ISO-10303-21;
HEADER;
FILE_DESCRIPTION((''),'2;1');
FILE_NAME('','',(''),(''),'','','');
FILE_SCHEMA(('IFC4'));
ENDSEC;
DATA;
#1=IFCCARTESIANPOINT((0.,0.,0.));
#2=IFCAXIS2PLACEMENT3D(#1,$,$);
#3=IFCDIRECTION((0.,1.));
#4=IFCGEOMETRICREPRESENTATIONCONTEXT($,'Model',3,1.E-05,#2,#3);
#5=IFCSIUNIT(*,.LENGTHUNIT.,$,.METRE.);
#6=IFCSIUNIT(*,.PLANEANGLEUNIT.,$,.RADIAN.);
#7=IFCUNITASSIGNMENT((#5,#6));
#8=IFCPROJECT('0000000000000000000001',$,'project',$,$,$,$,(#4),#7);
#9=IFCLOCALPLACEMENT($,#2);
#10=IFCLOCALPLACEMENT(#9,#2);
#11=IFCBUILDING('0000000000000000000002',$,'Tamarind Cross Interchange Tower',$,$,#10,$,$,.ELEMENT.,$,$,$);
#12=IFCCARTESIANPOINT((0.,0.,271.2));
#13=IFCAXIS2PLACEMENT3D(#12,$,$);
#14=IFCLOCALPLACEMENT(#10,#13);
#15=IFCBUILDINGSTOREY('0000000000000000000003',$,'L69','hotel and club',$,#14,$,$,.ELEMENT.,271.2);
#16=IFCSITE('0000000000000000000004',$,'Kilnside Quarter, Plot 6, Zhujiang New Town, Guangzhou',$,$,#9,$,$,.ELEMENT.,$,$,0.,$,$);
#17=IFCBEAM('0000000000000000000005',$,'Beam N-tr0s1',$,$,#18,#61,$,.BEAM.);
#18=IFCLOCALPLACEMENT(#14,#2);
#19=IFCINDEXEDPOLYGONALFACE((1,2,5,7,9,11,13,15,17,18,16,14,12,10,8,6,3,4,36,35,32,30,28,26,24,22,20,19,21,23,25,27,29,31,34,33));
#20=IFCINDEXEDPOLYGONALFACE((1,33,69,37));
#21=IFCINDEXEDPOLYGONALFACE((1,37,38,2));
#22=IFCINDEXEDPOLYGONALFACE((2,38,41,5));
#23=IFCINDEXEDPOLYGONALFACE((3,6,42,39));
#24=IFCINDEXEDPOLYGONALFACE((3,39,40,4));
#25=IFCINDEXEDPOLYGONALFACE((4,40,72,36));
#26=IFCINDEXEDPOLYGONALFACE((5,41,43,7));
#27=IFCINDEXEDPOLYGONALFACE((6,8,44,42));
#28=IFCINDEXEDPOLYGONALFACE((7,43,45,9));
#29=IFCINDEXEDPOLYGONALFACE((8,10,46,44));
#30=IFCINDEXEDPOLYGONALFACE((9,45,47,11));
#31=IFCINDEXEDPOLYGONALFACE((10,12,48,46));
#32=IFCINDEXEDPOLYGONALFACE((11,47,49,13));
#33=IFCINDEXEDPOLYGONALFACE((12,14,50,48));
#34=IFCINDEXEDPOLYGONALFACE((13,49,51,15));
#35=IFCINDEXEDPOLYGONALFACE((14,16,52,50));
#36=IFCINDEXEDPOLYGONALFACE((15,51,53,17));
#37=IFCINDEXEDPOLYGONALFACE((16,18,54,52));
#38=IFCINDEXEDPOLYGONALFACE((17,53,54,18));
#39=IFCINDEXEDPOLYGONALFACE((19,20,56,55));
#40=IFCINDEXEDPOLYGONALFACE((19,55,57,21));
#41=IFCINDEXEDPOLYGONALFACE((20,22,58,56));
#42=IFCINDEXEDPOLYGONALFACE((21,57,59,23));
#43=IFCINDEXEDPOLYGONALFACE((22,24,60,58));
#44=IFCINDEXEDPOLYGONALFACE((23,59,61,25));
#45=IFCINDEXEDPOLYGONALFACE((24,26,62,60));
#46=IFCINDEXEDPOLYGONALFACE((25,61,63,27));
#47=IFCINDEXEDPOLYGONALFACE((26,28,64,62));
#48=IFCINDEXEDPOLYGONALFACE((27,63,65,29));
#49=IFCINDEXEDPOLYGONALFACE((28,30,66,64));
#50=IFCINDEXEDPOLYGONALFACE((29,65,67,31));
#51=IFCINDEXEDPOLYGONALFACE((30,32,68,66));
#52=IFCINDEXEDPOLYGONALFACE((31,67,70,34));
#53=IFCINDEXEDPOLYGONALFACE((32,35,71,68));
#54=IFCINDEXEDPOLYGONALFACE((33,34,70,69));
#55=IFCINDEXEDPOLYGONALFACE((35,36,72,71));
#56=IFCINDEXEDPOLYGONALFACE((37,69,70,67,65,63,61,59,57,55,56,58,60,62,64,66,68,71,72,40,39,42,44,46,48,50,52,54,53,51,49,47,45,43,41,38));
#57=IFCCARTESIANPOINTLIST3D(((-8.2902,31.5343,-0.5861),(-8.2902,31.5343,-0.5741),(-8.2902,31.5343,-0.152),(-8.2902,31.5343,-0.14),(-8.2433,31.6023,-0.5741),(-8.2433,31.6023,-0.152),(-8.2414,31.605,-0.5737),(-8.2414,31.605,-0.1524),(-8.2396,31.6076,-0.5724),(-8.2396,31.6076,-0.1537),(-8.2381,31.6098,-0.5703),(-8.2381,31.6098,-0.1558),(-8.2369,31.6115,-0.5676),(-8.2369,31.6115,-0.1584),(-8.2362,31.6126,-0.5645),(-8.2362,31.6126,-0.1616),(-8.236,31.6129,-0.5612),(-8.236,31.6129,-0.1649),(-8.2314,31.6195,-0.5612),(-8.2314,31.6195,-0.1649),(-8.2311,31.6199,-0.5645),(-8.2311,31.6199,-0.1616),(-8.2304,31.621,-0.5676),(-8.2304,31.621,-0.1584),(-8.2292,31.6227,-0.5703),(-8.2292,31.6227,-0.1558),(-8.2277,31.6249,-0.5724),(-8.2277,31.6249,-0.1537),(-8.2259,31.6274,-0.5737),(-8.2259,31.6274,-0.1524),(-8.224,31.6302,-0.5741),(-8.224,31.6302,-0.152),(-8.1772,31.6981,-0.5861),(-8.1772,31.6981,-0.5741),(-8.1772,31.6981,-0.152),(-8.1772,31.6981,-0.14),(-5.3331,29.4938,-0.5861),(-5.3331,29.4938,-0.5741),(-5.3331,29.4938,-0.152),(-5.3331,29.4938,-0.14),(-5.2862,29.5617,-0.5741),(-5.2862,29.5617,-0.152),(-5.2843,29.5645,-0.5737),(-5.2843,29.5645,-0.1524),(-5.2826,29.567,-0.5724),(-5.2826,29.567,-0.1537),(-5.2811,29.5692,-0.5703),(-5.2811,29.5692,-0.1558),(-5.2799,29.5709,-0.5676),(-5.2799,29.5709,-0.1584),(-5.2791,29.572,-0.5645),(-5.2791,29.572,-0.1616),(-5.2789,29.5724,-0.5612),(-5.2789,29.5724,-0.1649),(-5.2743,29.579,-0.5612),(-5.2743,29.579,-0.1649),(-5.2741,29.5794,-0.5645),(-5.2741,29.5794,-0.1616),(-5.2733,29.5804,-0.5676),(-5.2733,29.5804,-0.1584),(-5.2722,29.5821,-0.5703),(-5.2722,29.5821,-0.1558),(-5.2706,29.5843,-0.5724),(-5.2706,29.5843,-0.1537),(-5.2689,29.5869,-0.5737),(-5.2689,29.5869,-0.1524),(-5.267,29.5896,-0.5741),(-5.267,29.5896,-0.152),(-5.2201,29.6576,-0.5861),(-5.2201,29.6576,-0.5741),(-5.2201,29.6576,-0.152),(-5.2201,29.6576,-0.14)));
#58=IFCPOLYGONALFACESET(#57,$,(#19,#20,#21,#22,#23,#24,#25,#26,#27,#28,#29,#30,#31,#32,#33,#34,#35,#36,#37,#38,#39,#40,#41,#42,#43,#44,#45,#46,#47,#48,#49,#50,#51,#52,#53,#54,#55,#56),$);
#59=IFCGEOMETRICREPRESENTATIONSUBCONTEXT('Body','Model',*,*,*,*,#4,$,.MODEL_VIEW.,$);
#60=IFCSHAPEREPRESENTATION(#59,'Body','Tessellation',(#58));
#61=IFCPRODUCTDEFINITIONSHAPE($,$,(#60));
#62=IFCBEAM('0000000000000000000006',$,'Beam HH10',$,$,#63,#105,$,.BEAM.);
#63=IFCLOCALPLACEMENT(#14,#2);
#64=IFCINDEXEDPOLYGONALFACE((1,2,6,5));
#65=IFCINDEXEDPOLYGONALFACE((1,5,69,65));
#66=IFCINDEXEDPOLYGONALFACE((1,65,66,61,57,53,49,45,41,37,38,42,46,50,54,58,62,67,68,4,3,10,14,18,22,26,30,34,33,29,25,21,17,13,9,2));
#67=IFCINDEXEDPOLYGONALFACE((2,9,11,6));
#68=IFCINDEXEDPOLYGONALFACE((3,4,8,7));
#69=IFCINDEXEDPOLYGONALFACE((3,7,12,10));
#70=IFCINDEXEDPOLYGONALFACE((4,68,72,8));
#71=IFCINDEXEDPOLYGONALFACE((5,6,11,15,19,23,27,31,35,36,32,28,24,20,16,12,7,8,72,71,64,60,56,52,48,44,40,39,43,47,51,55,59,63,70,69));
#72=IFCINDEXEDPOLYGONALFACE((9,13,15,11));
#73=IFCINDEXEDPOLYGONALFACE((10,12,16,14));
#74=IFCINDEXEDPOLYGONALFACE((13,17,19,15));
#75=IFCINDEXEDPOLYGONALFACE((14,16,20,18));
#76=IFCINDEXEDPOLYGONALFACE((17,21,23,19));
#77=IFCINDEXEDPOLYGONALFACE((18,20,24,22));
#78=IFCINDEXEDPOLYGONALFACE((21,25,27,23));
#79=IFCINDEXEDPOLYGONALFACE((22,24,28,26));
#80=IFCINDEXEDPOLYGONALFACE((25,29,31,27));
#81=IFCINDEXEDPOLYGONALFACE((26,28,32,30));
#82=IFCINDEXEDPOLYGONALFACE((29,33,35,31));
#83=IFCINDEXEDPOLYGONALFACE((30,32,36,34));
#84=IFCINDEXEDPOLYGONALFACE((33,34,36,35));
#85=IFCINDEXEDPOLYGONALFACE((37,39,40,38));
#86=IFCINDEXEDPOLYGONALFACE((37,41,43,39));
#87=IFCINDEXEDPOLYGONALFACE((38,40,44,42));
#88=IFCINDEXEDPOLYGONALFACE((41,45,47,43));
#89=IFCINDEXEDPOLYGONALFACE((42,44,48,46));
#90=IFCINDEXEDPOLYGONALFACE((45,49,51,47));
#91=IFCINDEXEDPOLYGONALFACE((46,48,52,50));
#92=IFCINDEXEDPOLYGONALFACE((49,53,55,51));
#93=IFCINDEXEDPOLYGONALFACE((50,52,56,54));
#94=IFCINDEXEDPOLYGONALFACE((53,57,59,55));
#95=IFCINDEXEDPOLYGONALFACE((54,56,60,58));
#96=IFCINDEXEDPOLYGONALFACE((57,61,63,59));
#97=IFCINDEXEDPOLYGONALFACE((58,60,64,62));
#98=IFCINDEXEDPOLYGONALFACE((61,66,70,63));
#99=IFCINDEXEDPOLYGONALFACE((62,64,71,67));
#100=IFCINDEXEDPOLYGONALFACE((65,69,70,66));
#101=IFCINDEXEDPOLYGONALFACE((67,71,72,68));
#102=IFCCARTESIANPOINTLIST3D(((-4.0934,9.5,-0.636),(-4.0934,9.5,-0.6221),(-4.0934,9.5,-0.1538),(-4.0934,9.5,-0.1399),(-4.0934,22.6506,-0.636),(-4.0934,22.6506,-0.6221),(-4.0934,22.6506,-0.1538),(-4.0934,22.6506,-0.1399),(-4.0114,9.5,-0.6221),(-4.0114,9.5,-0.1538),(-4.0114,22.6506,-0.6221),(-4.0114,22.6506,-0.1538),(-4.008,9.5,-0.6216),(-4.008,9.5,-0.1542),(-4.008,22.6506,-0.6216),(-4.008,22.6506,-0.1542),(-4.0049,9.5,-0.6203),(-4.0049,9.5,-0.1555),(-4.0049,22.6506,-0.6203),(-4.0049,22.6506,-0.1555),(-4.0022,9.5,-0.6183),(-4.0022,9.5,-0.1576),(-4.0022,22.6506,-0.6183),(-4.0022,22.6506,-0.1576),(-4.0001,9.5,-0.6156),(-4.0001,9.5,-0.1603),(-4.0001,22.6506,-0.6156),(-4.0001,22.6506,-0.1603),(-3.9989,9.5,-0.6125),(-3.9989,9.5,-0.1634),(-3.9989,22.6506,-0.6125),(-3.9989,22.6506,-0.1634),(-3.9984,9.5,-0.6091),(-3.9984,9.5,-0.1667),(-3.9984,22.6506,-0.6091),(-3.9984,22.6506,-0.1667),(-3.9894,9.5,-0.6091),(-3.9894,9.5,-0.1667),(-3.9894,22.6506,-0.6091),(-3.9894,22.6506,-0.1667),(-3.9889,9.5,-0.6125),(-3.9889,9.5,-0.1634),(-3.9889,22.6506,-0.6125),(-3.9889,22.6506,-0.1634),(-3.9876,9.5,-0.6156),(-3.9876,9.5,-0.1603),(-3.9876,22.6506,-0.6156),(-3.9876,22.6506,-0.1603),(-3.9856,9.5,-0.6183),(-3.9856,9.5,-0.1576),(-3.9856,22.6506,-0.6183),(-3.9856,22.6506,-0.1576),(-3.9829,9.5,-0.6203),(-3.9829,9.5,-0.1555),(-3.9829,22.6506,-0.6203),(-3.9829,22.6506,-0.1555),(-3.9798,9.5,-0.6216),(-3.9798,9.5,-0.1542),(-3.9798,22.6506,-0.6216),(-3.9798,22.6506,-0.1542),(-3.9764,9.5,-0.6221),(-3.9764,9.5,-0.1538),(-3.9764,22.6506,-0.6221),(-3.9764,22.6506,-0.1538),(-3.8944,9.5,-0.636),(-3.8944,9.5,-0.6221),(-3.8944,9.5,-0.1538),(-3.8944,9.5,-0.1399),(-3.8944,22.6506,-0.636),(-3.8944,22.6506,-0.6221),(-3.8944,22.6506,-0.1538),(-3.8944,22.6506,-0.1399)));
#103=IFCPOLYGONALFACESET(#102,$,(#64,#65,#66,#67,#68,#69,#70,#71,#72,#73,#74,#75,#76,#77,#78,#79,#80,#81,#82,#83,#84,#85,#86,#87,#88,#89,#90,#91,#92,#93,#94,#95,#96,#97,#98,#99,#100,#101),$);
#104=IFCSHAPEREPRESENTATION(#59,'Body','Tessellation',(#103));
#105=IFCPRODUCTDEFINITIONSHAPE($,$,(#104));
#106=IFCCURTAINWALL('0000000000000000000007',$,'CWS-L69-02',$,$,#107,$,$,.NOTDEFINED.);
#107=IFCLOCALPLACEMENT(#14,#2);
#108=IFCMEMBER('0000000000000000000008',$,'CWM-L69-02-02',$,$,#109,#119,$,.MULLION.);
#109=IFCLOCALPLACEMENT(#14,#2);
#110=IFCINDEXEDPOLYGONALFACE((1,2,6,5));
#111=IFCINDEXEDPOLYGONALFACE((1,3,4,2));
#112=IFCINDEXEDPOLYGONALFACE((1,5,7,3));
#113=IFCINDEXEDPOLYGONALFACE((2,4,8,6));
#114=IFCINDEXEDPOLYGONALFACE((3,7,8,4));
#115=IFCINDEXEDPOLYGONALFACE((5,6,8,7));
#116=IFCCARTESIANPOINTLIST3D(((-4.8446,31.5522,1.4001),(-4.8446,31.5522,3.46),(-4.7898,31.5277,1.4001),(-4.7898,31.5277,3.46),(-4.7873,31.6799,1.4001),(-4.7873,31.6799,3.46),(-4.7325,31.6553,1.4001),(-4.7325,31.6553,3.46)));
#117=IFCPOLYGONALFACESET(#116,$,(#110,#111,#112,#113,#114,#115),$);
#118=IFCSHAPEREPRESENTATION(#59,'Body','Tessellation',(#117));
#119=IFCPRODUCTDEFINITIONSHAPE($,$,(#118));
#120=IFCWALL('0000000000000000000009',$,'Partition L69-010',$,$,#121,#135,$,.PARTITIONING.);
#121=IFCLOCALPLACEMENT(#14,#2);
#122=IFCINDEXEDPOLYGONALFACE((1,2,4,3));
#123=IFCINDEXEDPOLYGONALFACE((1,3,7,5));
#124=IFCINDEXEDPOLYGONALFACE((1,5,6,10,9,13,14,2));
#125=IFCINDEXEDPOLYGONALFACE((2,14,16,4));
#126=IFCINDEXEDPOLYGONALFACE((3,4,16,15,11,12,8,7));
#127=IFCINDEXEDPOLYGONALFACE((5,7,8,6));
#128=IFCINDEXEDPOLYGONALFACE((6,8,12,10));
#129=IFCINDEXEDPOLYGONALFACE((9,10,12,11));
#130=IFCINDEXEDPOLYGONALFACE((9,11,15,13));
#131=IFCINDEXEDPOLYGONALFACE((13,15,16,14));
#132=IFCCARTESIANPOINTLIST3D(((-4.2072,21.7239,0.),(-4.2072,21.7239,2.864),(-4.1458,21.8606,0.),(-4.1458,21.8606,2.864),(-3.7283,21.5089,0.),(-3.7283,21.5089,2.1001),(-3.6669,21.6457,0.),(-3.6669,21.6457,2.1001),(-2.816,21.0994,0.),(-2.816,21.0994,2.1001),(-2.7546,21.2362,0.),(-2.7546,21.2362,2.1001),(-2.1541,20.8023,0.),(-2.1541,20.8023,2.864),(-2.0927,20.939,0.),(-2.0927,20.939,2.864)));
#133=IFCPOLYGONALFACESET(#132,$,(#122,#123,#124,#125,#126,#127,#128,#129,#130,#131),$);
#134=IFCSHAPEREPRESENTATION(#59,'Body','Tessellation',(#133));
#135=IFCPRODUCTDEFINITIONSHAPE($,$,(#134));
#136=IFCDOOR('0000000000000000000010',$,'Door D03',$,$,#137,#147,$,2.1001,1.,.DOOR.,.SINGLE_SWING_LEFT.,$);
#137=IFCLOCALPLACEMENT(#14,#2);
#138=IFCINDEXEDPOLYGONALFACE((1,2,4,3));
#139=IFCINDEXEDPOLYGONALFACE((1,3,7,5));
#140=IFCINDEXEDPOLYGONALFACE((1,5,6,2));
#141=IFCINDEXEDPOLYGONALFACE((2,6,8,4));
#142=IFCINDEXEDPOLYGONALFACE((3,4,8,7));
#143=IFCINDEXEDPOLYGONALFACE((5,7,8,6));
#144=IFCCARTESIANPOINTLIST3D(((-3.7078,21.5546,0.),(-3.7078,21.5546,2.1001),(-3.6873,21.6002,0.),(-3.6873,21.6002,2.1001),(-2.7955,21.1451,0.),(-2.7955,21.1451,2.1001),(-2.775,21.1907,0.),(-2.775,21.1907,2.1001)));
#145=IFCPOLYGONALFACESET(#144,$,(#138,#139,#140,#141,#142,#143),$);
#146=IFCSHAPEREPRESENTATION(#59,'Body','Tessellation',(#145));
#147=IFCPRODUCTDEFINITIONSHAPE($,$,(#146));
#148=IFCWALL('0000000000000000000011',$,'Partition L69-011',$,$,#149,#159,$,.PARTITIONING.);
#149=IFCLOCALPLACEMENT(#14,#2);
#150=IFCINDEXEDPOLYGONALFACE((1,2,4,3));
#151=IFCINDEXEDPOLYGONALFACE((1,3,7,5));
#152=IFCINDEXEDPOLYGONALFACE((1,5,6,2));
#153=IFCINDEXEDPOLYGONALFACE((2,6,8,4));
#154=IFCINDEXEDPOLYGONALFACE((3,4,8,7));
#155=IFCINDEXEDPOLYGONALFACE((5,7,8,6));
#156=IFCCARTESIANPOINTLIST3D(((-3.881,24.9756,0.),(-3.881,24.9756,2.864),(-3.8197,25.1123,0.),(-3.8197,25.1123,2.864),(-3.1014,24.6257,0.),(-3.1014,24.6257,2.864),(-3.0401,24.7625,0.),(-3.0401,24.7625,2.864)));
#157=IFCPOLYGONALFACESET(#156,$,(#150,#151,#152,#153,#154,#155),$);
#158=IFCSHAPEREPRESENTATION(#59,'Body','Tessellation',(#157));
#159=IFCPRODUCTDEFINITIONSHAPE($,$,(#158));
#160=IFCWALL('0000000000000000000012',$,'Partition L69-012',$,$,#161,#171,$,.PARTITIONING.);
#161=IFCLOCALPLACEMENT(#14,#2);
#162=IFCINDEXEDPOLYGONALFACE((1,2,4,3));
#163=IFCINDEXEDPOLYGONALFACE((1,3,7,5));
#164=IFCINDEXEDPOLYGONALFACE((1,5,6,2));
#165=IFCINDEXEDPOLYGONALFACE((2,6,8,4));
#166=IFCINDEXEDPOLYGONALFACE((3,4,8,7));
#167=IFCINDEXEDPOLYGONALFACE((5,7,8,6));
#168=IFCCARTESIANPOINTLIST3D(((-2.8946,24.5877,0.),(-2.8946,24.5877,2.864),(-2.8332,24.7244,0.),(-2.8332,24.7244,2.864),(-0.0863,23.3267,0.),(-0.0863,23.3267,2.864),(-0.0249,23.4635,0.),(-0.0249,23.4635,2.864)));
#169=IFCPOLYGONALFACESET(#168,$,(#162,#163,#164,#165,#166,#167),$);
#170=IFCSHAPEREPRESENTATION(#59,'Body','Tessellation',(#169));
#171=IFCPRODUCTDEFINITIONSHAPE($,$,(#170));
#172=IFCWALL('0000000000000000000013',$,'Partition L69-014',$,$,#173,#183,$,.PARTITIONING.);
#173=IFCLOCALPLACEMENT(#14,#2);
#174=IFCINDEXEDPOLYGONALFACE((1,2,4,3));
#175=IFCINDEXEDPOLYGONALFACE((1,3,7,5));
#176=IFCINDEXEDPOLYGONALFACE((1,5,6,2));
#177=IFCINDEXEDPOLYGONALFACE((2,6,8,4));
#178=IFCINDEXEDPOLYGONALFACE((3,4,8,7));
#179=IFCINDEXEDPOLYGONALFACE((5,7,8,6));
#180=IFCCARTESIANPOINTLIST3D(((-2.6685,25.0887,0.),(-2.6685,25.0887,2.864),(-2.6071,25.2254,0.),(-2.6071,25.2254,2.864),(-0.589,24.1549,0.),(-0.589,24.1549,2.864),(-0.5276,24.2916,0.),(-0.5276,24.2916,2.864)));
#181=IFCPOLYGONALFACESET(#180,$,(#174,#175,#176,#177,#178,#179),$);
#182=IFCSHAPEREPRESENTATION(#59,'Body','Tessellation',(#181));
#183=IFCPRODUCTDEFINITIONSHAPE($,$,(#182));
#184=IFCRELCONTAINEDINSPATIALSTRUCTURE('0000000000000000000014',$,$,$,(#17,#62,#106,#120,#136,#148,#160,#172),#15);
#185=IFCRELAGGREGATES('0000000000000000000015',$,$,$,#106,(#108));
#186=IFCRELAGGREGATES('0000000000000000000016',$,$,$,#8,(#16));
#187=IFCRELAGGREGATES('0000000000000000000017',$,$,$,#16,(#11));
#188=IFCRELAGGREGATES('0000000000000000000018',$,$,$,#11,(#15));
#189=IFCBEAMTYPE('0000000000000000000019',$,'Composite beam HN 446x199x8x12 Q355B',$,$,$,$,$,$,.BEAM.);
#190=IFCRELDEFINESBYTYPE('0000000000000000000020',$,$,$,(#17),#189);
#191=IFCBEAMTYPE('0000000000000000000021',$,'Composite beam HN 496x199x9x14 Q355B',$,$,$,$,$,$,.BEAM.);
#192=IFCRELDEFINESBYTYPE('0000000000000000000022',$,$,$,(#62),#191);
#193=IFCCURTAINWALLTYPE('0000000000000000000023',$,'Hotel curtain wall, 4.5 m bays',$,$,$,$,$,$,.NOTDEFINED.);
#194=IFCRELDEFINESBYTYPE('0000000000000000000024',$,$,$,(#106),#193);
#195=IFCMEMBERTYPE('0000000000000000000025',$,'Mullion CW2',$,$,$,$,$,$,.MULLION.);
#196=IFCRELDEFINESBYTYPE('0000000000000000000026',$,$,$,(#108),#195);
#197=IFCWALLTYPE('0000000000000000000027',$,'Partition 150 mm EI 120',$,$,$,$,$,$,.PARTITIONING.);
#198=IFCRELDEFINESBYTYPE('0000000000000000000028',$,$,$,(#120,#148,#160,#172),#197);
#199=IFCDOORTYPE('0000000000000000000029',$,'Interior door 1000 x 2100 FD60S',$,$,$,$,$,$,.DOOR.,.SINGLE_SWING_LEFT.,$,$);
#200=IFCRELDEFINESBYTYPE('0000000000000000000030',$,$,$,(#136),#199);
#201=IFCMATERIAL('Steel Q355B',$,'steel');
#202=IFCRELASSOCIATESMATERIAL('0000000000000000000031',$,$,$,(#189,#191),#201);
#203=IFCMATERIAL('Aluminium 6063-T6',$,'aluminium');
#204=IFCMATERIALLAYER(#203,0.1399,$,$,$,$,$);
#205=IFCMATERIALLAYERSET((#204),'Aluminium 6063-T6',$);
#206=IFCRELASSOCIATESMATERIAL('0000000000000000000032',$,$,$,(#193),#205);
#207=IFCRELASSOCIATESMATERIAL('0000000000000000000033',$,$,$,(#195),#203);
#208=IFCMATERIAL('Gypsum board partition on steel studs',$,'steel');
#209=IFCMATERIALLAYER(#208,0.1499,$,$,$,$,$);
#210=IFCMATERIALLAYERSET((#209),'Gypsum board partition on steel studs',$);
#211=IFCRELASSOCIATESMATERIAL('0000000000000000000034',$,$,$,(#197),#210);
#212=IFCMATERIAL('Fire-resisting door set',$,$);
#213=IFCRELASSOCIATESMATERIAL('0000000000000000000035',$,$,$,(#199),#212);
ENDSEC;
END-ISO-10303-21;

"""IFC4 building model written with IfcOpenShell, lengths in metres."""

from ifc_helpers import new_model, si_unit, direction, frame, frame_2d, origin, origin_2d, place, context, subcontext, project, spatial, rectangle, i_section, extrude, material, layer, layer_set, material_profile, profile_set, type_object, element, fill, aggregate, save


model = new_model("IFC4")

# Units and contexts
model_context = context("Model", 3, precision=1e-05, world=origin(), true_north=direction((0.0, 1.0)))
body_context = subcontext(model_context, "Body", "Model", "MODEL_VIEW")
ifc_project = project(units=[si_unit("LENGTHUNIT", "METRE"), si_unit("PLANEANGLEUNIT", "RADIAN")], contexts=[model_context])

# Site, building, storey
site_placement = place(None, origin())
site = spatial("IfcSite", under=ifc_project, at=site_placement, Name="Kilnside Quarter, Plot 6, Zhujiang New Town, Guangzhou", CompositionType="ELEMENT", RefElevation=0.0)
building_placement = place(site_placement, origin())
building = spatial("IfcBuilding", under=site, at=building_placement, Name="Tamarind Cross Interchange Tower", CompositionType="ELEMENT")
storey_placement = place(building_placement, frame((0.0, 0.0, 271.2)))
storey = spatial("IfcBuildingStorey", under=building, at=storey_placement, Name="L69", Description="hotel and club", CompositionType="ELEMENT", Elevation=271.2)

# Beams
ifc_material_1 = material(Name="Steel Q355B", Category="steel")
ifc_material_profile_1 = material_profile(ifc_material_1, i_section(OverallWidth=0.199, OverallDepth=0.446, WebThickness=0.0081, FlangeThickness=0.012, FilletRadius=0.0129, at=origin_2d()), Name="HN 446x199x8x12")
ifc_profile_set_1 = profile_set([ifc_material_profile_1], Name="Steel Q355B")
beam_type_1 = type_object("IfcBeamType", Name="Composite beam HN 446x199x8x12 Q355B", PredefinedType="BEAM", material=ifc_profile_set_1)
beam_1_placement = place(storey_placement, frame((-5.2766, 29.5757, -0.363), z_axis=(-0.823057, 0.567958, 0.0), x_axis=(-0.567958, -0.823057, 0.0)))
element("IfcBeam", 1, at=beam_1_placement, inside=storey, type_object=beam_type_1, Name="Beam N-tr0s1", PredefinedType="BEAM", context=body_context, shape_type="SweptSolid", body=[
    extrude(i_section(OverallWidth=0.199, OverallDepth=0.446, WebThickness=0.0081, FlangeThickness=0.012, FilletRadius=0.0129, at=origin_2d()), origin(), (0.0, 0.0, 1.0), 3.5928),
])
ifc_material_profile_2 = material_profile(ifc_material_1, i_section(OverallWidth=0.199, OverallDepth=0.4961, WebThickness=0.009, FlangeThickness=0.0139, FilletRadius=0.0129, at=origin_2d()), Name="HN 496x199x9x14")
ifc_profile_set_2 = profile_set([ifc_material_profile_2], Name="Steel Q355B")
beam_type_2 = type_object("IfcBeamType", Name="Composite beam HN 496x199x9x14 Q355B", PredefinedType="BEAM", material=ifc_profile_set_2)
beam_2_placement = place(storey_placement, frame((-3.9939, 22.6506, -0.3879), z_axis=(0.0, -1.0, 0.0), x_axis=(1.0, 0.0, 0.0)))
element("IfcBeam", 2, at=beam_2_placement, inside=storey, type_object=beam_type_2, Name="Beam HH10", PredefinedType="BEAM", context=body_context, shape_type="SweptSolid", body=[
    extrude(i_section(OverallWidth=0.199, OverallDepth=0.4961, WebThickness=0.009, FlangeThickness=0.0139, FilletRadius=0.0129, at=origin_2d()), origin(), (0.0, 0.0, 1.0), 13.1506),
])

# Curtain wall, member
ifc_material_2 = material(Name="Aluminium 6063-T6", Category="aluminium")
ifc_layer_1 = layer(ifc_material_2, 0.1399)
ifc_layer_set_1 = layer_set([ifc_layer_1], Name="Aluminium 6063-T6")
curtain_wall_type = type_object("IfcCurtainWallType", Name="Hotel curtain wall, 4.5 m bays", PredefinedType="NOTDEFINED", material=ifc_layer_set_1)
curtain_wall_placement = place(storey_placement, origin())
curtain_wall = element("IfcCurtainWall", 3, at=curtain_wall_placement, inside=storey, type_object=curtain_wall_type, Name="CWS-L69-02", PredefinedType="NOTDEFINED")
ifc_material_profile_3 = material_profile(ifc_material_2, rectangle(XDim=0.0601, YDim=0.1399, at=origin_2d()), Name="Mullion CW2")
ifc_profile_set_3 = profile_set([ifc_material_profile_3], Name="Aluminium 6063-T6")
member_type = type_object("IfcMemberType", Name="Mullion CW2", PredefinedType="MULLION", material=ifc_profile_set_3)
member_placement = place(storey_placement, frame((-4.7886, 31.6038, 1.4001), z_axis=(0.0, 0.0, 1.0), x_axis=(-0.91228, 0.409566, 0.0)))
member = element("IfcMember", 4, at=member_placement, type_object=member_type, Name="CWM-L69-02-02", PredefinedType="MULLION", context=body_context, shape_type="SweptSolid", body=[
    extrude(rectangle(XDim=0.0601, YDim=0.1399, at=origin_2d()), origin(), (0.0, 0.0, 1.0), 2.0598),
])
aggregate(curtain_wall, [member])

# Wall, opening, door
ifc_material_3 = material(Name="Gypsum board partition on steel studs", Category="steel")
ifc_layer_2 = layer(ifc_material_3, 0.1499)
ifc_layer_set_2 = layer_set([ifc_layer_2], Name="Gypsum board partition on steel studs")
wall_type_1 = type_object("IfcWallType", Name="Partition 150 mm EI 120", PredefinedType="PARTITIONING", material=ifc_layer_set_2)
wall_1_placement = place(storey_placement, frame((-4.1765, 21.7922, 0.0), z_axis=(0.0, 0.0, 1.0), x_axis=(0.912307, -0.409507, 0.0)))
wall_1 = element("IfcWall", 5, at=wall_1_placement, inside=storey, type_object=wall_type_1, Name="Partition L69-010", PredefinedType="PARTITIONING", context=body_context, shape_type="SweptSolid", body=[
    extrude(rectangle(XDim=2.2505, YDim=0.1499, at=frame_2d((1.1252, 0.0))), origin(), (0.0, 0.0, 1.0), 2.864),
])
opening_1_placement = place(wall_1_placement, frame((0.5249, 0.0, 0.0)))
opening_1 = element("IfcOpeningElement", 6, at=opening_1_placement, cuts=wall_1, PredefinedType="OPENING", context=body_context, shape_type="SweptSolid", body=[
    extrude(rectangle(XDim=1.0, YDim=2.1001, at=frame_2d((0.5, 1.05))), frame((0.0, 0.085, 0.0), z_axis=(0.0, -1.0, 0.0), x_axis=(1.0, 0.0, 0.0)), (0.0, 0.0, 1.0), 0.1699),
])
ifc_material_4 = material(Name="Fire-resisting door set")
door_type_1 = type_object("IfcDoorType", Name="Interior door 1000 x 2100 FD60S", OperationType="SINGLE_SWING_LEFT", PredefinedType="DOOR", material=ifc_material_4)
door_1_placement = place(opening_1_placement, frame((1.0, 0.0, 0.0), z_axis=(0.0, 0.0, 1.0), x_axis=(-1.0, 0.0, 0.0)))
door_1 = element("IfcDoor", 7, at=door_1_placement, inside=storey, type_object=door_type_1, Name="Door D03", OperationType="SINGLE_SWING_LEFT", OverallHeight=2.1001, OverallWidth=1.0, PredefinedType="DOOR", context=body_context, shape_type="SweptSolid", body=[
    extrude(rectangle(XDim=1.0, YDim=2.1001, at=frame_2d((0.5, 1.05))), frame((0.0, 0.0249, 0.0), z_axis=(0.0, -1.0, 0.0), x_axis=(1.0, 0.0, 0.0)), (0.0, 0.0, 1.0), 0.05),
])
fill(opening_1, door_1)

# Walls
wall_2_placement = place(storey_placement, frame((-3.8503, 25.0439, 0.0), z_axis=(0.0, 0.0, 1.0), x_axis=(0.912333, -0.40945, 0.0)))
element("IfcWall", 8, at=wall_2_placement, inside=storey, type_object=wall_type_1, Name="Partition L69-011", PredefinedType="PARTITIONING", context=body_context, shape_type="SweptSolid", body=[
    extrude(rectangle(XDim=0.8545, YDim=0.1499, at=frame_2d((0.4272, 0.0))), origin(), (0.0, 0.0, 1.0), 2.864),
])
wall_3_placement = place(storey_placement, frame((-2.8638, 24.656, 0.0), z_axis=(0.0, 0.0, 1.0), x_axis=(0.912258, -0.409616, 0.0)))
element("IfcWall", 9, at=wall_3_placement, inside=storey, type_object=wall_type_1, Name="Partition L69-012", PredefinedType="PARTITIONING", context=body_context, shape_type="SweptSolid", body=[
    extrude(rectangle(XDim=3.0784, YDim=0.1499, at=frame_2d((1.5391, 0.0))), origin(), (0.0, 0.0, 1.0), 2.864),
])
wall_4_placement = place(storey_placement, frame((-2.6377, 25.157, 0.0), z_axis=(0.0, 0.0, 1.0), x_axis=(0.912246, -0.409643, 0.0)))
element("IfcWall", 10, at=wall_4_placement, inside=storey, type_object=wall_type_1, Name="Partition L69-014", PredefinedType="PARTITIONING", context=body_context, shape_type="SweptSolid", body=[
    extrude(rectangle(XDim=2.2795, YDim=0.1499, at=frame_2d((1.1396, 0.0))), origin(), (0.0, 0.0, 1.0), 2.864),
])

save(model, "model.ifc")
